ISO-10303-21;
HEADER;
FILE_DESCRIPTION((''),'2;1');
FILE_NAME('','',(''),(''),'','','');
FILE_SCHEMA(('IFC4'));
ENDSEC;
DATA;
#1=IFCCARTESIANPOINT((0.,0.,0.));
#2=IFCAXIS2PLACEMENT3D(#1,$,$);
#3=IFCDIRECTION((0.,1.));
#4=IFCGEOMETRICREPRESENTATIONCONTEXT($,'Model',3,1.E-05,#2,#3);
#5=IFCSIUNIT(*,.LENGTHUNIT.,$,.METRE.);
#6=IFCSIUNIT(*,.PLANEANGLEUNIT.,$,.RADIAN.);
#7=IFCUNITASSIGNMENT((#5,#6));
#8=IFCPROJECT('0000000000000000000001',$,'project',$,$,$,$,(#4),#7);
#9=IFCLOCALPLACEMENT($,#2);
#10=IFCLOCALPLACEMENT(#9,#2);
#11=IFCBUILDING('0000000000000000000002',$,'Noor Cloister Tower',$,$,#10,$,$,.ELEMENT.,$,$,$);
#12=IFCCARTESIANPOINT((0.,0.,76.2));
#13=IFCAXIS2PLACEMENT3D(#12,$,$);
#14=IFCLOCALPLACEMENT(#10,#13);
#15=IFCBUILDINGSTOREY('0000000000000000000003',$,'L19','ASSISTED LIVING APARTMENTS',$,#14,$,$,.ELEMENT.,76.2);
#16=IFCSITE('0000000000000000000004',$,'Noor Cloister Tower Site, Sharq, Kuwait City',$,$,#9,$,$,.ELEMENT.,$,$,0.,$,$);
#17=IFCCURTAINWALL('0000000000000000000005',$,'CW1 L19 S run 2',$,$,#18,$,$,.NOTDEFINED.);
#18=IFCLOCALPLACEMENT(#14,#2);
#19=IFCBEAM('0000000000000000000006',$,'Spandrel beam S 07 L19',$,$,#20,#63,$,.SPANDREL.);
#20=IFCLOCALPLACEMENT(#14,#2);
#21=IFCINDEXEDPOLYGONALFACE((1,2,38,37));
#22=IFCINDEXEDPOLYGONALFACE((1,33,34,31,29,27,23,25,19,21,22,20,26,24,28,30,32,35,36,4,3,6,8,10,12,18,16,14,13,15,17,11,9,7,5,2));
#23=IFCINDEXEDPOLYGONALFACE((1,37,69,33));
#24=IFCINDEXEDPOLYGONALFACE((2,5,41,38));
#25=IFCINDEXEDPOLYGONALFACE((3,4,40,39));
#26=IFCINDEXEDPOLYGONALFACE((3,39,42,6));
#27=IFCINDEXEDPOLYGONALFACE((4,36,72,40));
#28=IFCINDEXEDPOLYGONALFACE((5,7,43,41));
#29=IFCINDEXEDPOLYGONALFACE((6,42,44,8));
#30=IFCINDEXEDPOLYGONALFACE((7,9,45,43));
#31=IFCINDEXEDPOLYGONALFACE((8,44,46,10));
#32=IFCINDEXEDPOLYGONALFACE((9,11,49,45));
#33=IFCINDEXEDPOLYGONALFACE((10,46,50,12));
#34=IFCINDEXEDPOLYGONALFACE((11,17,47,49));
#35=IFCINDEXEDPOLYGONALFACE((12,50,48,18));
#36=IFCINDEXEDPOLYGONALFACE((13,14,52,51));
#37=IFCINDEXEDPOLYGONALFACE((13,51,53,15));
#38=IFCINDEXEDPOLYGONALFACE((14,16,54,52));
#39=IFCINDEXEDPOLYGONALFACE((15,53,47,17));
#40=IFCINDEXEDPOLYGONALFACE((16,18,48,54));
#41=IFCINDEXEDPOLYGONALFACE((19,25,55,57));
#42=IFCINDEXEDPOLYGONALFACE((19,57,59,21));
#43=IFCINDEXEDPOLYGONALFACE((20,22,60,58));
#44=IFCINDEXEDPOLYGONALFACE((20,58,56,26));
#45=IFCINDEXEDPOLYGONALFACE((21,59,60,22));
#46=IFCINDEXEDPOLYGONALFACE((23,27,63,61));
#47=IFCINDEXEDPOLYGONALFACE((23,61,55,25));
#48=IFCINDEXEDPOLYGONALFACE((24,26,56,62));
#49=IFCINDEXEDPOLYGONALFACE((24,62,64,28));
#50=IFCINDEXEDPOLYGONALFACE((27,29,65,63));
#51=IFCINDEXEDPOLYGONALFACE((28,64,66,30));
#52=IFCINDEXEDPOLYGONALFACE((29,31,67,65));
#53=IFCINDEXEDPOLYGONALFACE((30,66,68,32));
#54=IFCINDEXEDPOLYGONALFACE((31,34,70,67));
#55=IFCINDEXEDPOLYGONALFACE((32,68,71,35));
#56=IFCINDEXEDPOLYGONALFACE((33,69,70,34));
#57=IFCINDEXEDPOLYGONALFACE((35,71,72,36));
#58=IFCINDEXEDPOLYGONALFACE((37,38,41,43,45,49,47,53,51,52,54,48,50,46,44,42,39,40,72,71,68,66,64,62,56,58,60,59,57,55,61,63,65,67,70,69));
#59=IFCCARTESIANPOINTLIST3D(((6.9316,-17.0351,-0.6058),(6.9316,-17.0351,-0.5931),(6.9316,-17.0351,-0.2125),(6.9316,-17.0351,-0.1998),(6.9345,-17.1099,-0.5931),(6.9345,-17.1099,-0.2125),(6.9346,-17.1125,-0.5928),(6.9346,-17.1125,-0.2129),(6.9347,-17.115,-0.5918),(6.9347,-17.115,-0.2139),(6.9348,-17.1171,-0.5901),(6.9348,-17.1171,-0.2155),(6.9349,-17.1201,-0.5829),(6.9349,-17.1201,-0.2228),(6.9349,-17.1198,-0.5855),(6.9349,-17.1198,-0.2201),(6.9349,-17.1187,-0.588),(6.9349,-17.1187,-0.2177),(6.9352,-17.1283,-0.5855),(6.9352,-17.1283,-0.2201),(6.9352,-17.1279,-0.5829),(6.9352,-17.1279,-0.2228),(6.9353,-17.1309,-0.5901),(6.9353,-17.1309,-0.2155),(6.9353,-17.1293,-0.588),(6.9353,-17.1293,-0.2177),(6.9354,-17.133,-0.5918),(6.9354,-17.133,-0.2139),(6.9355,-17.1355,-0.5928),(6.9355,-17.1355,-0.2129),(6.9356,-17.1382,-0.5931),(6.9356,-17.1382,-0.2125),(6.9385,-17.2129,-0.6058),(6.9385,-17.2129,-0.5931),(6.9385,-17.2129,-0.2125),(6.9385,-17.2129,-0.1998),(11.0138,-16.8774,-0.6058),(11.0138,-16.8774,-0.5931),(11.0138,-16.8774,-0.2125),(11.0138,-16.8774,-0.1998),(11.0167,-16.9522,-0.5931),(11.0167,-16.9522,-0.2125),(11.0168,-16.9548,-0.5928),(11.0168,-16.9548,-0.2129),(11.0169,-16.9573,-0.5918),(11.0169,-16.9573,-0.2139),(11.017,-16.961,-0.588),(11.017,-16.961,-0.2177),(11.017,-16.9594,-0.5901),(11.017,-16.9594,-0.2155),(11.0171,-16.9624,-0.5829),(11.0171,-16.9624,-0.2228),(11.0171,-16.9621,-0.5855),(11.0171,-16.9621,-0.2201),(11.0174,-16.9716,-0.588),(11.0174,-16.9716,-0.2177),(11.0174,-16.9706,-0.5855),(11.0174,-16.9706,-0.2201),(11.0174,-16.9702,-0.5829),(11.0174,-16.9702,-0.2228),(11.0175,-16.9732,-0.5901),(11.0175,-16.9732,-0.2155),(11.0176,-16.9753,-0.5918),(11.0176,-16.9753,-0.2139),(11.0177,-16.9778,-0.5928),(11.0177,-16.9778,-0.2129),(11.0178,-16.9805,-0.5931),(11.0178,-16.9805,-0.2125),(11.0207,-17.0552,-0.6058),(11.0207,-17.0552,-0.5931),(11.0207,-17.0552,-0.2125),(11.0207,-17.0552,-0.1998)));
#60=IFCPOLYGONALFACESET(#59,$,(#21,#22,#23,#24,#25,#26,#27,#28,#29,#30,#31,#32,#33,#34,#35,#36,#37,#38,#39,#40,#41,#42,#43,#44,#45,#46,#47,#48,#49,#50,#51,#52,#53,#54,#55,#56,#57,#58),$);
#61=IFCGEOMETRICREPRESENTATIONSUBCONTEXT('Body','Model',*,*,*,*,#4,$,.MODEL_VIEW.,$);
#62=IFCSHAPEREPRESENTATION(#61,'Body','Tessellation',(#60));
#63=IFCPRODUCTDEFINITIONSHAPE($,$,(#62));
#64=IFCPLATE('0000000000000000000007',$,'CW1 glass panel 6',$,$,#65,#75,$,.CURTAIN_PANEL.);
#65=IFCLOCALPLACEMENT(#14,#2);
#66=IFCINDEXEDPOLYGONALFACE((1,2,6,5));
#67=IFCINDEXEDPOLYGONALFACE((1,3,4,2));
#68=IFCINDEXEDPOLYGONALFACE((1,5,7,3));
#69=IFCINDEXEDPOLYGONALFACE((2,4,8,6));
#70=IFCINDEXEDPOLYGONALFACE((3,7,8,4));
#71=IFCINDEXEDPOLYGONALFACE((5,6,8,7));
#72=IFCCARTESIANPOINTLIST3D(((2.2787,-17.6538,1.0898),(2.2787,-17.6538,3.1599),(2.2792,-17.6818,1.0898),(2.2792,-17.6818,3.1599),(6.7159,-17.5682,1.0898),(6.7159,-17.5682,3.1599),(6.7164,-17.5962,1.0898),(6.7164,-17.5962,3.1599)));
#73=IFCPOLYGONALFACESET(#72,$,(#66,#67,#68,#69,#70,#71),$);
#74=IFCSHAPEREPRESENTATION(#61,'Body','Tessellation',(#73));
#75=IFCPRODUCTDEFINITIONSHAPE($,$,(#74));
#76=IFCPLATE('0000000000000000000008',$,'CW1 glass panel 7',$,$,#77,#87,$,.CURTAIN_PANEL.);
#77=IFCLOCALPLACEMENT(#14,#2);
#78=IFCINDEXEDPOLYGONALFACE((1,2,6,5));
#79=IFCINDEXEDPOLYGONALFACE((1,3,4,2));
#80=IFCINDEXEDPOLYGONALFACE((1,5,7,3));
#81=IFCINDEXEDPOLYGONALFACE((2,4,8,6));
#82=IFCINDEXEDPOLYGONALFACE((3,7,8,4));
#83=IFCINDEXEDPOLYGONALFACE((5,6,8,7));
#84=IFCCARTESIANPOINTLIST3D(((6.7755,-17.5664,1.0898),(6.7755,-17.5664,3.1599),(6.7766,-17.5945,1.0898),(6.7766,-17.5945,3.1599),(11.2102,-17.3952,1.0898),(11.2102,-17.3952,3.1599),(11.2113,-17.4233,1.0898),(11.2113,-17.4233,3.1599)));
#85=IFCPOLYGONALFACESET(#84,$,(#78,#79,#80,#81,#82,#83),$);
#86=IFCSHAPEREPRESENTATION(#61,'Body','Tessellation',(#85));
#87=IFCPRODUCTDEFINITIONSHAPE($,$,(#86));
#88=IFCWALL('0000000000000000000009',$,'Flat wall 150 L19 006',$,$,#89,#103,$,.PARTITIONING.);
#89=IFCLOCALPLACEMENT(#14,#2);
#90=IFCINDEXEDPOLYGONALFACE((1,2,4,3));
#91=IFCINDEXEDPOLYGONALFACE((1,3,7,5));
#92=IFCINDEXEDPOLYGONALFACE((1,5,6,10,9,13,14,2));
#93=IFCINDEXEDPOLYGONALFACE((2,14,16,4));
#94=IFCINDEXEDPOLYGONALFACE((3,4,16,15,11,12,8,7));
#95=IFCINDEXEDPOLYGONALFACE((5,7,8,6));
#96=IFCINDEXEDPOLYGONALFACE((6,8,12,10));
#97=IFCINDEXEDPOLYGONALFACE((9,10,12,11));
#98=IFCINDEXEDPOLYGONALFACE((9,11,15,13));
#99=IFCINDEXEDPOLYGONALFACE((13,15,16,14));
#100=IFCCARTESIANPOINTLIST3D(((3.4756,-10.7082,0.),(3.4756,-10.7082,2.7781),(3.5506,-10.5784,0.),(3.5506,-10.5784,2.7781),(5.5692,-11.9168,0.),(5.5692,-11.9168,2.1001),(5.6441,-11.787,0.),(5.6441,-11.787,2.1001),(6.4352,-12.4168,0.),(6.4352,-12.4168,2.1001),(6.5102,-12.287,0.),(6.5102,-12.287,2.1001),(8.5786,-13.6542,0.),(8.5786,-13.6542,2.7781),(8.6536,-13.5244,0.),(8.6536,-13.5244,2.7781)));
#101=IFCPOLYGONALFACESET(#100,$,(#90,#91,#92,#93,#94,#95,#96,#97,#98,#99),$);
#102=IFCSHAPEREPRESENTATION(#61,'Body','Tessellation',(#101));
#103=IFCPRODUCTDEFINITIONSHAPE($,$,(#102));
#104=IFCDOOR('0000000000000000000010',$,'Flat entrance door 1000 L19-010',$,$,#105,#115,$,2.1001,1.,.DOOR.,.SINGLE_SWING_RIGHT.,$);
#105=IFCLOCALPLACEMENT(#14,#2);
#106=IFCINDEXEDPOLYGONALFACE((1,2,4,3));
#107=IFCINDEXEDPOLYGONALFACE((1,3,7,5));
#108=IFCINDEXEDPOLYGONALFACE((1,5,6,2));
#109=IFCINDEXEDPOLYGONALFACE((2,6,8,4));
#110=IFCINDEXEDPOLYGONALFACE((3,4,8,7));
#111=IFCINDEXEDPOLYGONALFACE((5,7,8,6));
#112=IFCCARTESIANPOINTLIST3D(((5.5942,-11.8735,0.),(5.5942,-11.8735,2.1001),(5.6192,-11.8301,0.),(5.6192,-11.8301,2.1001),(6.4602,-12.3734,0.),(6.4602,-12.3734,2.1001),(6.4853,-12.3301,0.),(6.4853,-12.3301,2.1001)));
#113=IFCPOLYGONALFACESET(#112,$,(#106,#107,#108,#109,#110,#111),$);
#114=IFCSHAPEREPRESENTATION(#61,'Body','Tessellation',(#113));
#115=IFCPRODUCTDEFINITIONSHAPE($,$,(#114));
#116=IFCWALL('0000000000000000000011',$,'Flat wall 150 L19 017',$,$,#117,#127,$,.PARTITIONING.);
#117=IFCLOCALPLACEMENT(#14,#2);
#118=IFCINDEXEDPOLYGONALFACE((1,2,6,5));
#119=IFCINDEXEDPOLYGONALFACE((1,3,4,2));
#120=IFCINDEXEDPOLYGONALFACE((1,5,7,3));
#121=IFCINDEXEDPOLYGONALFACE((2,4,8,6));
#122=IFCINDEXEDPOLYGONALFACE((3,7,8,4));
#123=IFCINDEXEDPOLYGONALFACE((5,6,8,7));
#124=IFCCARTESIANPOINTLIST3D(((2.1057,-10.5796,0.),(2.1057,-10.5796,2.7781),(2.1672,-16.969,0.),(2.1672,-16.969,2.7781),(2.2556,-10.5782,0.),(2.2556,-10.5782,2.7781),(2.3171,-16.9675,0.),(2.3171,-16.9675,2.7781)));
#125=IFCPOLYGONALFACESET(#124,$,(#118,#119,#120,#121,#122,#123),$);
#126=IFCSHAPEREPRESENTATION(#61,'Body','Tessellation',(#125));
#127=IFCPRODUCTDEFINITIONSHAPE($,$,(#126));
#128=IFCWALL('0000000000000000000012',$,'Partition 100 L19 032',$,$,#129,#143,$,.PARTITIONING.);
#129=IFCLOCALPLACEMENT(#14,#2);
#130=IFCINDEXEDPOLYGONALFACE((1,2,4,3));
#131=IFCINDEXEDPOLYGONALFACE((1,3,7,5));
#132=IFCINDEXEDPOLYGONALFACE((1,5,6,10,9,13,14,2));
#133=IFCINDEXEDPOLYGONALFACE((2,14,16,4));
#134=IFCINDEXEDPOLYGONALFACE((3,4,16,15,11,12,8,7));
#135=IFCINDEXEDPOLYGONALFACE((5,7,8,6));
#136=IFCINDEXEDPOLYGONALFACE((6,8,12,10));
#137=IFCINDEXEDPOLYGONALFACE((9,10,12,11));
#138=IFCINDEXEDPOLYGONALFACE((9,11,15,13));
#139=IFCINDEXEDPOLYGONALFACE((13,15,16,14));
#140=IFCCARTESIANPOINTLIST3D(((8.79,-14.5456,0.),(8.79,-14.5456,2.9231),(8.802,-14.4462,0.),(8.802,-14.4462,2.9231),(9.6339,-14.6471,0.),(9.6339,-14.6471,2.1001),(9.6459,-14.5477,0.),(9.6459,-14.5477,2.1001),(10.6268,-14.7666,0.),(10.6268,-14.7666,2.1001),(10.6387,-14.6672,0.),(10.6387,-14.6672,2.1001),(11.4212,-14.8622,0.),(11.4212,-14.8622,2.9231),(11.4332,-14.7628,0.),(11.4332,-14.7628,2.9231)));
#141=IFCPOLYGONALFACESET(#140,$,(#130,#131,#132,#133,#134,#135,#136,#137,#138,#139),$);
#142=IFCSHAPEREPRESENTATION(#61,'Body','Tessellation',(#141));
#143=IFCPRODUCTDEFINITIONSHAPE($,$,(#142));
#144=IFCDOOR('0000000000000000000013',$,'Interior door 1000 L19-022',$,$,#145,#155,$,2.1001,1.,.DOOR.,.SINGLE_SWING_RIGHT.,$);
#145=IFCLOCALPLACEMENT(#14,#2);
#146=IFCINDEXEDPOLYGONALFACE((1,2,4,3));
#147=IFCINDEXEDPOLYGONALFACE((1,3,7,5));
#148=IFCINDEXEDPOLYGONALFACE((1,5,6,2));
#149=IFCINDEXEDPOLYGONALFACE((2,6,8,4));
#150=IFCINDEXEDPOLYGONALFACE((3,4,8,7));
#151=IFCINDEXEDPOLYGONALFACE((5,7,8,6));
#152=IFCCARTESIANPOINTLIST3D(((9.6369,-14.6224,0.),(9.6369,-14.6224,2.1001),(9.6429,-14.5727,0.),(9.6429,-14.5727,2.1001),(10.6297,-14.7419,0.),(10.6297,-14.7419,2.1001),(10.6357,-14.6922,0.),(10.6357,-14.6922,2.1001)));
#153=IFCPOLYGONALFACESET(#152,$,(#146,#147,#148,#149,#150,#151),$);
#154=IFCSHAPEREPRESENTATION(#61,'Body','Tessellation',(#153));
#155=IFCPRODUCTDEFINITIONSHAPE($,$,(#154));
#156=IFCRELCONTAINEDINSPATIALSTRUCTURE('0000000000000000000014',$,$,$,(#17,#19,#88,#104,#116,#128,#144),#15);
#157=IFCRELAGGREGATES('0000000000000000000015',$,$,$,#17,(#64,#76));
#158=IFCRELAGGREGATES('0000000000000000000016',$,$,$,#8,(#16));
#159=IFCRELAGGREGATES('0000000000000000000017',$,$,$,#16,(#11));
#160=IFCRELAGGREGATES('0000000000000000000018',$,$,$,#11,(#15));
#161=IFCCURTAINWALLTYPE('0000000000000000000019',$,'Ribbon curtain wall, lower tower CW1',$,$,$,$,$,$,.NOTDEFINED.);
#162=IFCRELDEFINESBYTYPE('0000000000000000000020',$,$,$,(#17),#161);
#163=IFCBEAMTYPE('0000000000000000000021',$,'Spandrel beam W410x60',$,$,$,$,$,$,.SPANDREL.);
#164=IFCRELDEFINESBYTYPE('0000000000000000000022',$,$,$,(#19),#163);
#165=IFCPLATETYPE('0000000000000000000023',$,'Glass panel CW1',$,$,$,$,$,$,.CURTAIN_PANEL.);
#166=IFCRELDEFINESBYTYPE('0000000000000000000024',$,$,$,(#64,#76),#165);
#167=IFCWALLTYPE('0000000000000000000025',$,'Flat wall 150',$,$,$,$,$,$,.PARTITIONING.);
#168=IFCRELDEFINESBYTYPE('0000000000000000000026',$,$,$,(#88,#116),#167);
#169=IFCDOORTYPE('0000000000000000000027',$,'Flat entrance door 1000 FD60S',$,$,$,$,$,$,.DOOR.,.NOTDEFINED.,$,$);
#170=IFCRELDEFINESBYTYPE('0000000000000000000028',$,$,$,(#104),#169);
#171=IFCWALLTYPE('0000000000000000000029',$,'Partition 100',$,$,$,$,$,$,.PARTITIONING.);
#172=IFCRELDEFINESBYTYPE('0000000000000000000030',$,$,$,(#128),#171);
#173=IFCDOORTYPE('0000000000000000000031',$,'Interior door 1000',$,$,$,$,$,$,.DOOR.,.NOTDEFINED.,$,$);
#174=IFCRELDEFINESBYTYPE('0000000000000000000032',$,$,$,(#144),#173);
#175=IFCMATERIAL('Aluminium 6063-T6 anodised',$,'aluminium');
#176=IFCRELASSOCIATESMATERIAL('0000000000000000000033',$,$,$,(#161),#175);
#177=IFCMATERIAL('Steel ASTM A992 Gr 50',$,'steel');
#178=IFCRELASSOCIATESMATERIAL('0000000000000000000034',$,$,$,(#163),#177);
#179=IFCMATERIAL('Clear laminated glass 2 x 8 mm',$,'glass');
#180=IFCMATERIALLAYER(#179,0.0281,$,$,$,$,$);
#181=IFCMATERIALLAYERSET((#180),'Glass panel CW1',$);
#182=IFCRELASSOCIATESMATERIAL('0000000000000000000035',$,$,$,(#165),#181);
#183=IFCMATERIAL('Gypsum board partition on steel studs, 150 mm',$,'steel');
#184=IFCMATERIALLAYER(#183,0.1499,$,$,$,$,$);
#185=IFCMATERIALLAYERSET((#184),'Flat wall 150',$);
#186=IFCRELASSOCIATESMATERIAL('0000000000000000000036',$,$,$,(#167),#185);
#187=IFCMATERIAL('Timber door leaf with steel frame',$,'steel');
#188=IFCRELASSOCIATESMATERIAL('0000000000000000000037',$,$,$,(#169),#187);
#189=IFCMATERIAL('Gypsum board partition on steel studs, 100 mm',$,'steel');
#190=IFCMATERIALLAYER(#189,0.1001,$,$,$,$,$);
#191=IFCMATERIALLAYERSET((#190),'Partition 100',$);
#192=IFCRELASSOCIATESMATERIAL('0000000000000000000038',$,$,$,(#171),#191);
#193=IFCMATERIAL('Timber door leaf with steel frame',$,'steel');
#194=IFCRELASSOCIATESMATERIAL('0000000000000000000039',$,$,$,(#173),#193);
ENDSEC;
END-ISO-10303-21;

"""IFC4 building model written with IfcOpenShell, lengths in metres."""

from ifc_helpers import new_model, si_unit, direction, frame, frame_2d, origin, origin_2d, place, context, subcontext, project, spatial, rectangle, i_section, extrude, material, layer, layer_set, material_profile, profile_set, type_object, element, fill, aggregate, save


model = new_model("IFC4")

# Units and contexts
model_context = context("Model", 3, precision=1e-05, world=origin(), true_north=direction((0.0, 1.0)))
body_context = subcontext(model_context, "Body", "Model", "MODEL_VIEW")
ifc_project = project(units=[si_unit("LENGTHUNIT", "METRE"), si_unit("PLANEANGLEUNIT", "RADIAN")], contexts=[model_context])

# Site, building, storey
site_placement = place(None, origin())
site = spatial("IfcSite", under=ifc_project, at=site_placement, Name="Noor Cloister Tower Site, Sharq, Kuwait City", CompositionType="ELEMENT", RefElevation=0.0)
building_placement = place(site_placement, origin())
building = spatial("IfcBuilding", under=site, at=building_placement, Name="Noor Cloister Tower", CompositionType="ELEMENT")
storey_placement = place(building_placement, frame((0.0, 0.0, 76.2)))
storey = spatial("IfcBuildingStorey", under=building, at=storey_placement, Name="L19", Description="ASSISTED LIVING APARTMENTS", CompositionType="ELEMENT", Elevation=76.2)

# Curtain wall
ifc_material_1 = material(Name="Aluminium 6063-T6 anodised", Category="aluminium")
curtain_wall_type = type_object("IfcCurtainWallType", Name="Ribbon curtain wall, lower tower CW1", PredefinedType="NOTDEFINED", material=ifc_material_1)
curtain_wall_placement = place(storey_placement, origin())
curtain_wall = element("IfcCurtainWall", 1, at=curtain_wall_placement, inside=storey, type_object=curtain_wall_type, Name="CW1 L19 S run 2", PredefinedType="NOTDEFINED")

# Beam
ifc_material_2 = material(Name="Steel ASTM A992 Gr 50", Category="steel")
ifc_material_profile_1 = material_profile(ifc_material_2, i_section(OverallWidth=0.178, OverallDepth=0.406, WebThickness=0.0078, FlangeThickness=0.0127, FilletRadius=0.0103, at=origin_2d()), Name="W410x60")
ifc_profile_set_1 = profile_set([ifc_material_profile_1], Name="Steel ASTM A992 Gr 50")
beam_type_1 = type_object("IfcBeamType", Name="Spandrel beam W410x60", PredefinedType="SPANDREL", material=ifc_profile_set_1)
beam_1_placement = place(storey_placement, frame((6.9351, -17.124, -0.4028), z_axis=(0.999255, 0.038605, 0.0), x_axis=(-0.038605, 0.999255, 0.0)))
element("IfcBeam", 2, at=beam_1_placement, inside=storey, type_object=beam_type_1, Name="Spandrel beam S 07 L19", PredefinedType="SPANDREL", context=body_context, shape_type="SweptSolid", body=[
    extrude(i_section(OverallWidth=0.178, OverallDepth=0.406, WebThickness=0.0078, FlangeThickness=0.0127, FilletRadius=0.0103, at=origin_2d()), origin(), (0.0, 0.0, 1.0), 4.0852),
])

# Plates
ifc_material_3 = material(Name="Clear laminated glass 2 x 8 mm", Category="glass")
ifc_layer_1 = layer(ifc_material_3, 0.0281)
ifc_layer_set_1 = layer_set([ifc_layer_1], Name="Glass panel CW1")
plate_type = type_object("IfcPlateType", Name="Glass panel CW1", PredefinedType="CURTAIN_PANEL", material=ifc_layer_set_1)
plate_1_placement = place(storey_placement, frame((4.4976, -17.625, 1.0898), z_axis=(0.0, 0.0, 1.0), x_axis=(0.999814, 0.019291, 0.0)))
plate_1 = element("IfcPlate", 3, at=plate_1_placement, type_object=plate_type, Name="CW1 glass panel 6", PredefinedType="CURTAIN_PANEL", context=body_context, shape_type="SweptSolid", body=[
    extrude(rectangle(XDim=4.438, YDim=0.0281, at=origin_2d()), origin(), (0.0, 0.0, 1.0), 2.0701),
])
plate_2_placement = place(storey_placement, frame((8.9934, -17.4949, 1.0898), z_axis=(0.0, 0.0, 1.0), x_axis=(0.999256, 0.038575, 0.0)))
plate_2 = element("IfcPlate", 4, at=plate_2_placement, type_object=plate_type, Name="CW1 glass panel 7", PredefinedType="CURTAIN_PANEL", context=body_context, shape_type="SweptSolid", body=[
    extrude(rectangle(XDim=4.438, YDim=0.0281, at=origin_2d()), origin(), (0.0, 0.0, 1.0), 2.0701),
])
aggregate(curtain_wall, [plate_1, plate_2])

# Wall, opening, door
ifc_material_4 = material(Name="Gypsum board partition on steel studs, 150 mm", Category="steel")
ifc_layer_2 = layer(ifc_material_4, 0.1499)
ifc_layer_set_2 = layer_set([ifc_layer_2], Name="Flat wall 150")
wall_type_1 = type_object("IfcWallType", Name="Flat wall 150", PredefinedType="PARTITIONING", material=ifc_layer_set_2)
wall_1_placement = place(storey_placement, frame((8.6162, -13.5894, 0.0), z_axis=(0.0, 0.0, 1.0), x_axis=(-0.866039, 0.499976, 0.0)))
wall_1 = element("IfcWall", 5, at=wall_1_placement, inside=storey, type_object=wall_type_1, Name="Flat wall 150 L19 006", PredefinedType="PARTITIONING", context=body_context, shape_type="SweptSolid", body=[
    extrude(rectangle(XDim=5.8923, YDim=0.1499, at=frame_2d((2.9463, 0.0))), origin(), (0.0, 0.0, 1.0), 2.7781),
])
opening_1_placement = place(wall_1_placement, frame((2.4751, 0.0, 0.0)))
opening_1 = element("IfcOpeningElement", 6, at=opening_1_placement, cuts=wall_1, PredefinedType="OPENING", context=body_context, shape_type="SweptSolid", body=[
    extrude(rectangle(XDim=1.0, YDim=2.1001, at=frame_2d((0.5, 1.05))), frame((0.0, 0.085, 0.0), z_axis=(0.0, -1.0, 0.0), x_axis=(1.0, 0.0, 0.0)), (0.0, 0.0, 1.0), 0.1699),
])
ifc_material_5 = material(Name="Timber door leaf with steel frame", Category="steel")
door_type_1 = type_object("IfcDoorType", Name="Flat entrance door 1000 FD60S", OperationType="NOTDEFINED", PredefinedType="DOOR", material=ifc_material_5)
door_1_placement = place(opening_1_placement, origin())
door_1 = element("IfcDoor", 7, at=door_1_placement, inside=storey, type_object=door_type_1, Name="Flat entrance door 1000 L19-010", OperationType="SINGLE_SWING_RIGHT", OverallHeight=2.1001, OverallWidth=1.0, PredefinedType="DOOR", context=body_context, shape_type="SweptSolid", body=[
    extrude(rectangle(XDim=1.0, YDim=2.1001, at=frame_2d((0.5, 1.05))), frame((0.0, 0.0249, 0.0), z_axis=(0.0, -1.0, 0.0), x_axis=(1.0, 0.0, 0.0)), (0.0, 0.0, 1.0), 0.05),
])
fill(opening_1, door_1)

# Wall
wall_2_placement = place(storey_placement, frame((2.2422, -16.9683, 0.0), z_axis=(0.0, 0.0, 1.0), x_axis=(-0.009629, 0.999954, 0.0)))
element("IfcWall", 8, at=wall_2_placement, inside=storey, type_object=wall_type_1, Name="Flat wall 150 L19 017", PredefinedType="PARTITIONING", context=body_context, shape_type="SweptSolid", body=[
    extrude(rectangle(XDim=6.3896, YDim=0.1499, at=frame_2d((3.1948, 0.0))), origin(), (0.0, 0.0, 1.0), 2.7781),
])

# Wall, opening, door
ifc_material_6 = material(Name="Gypsum board partition on steel studs, 100 mm", Category="steel")
ifc_layer_3 = layer(ifc_material_6, 0.1001)
ifc_layer_set_3 = layer_set([ifc_layer_3], Name="Partition 100")
wall_type_2 = type_object("IfcWallType", Name="Partition 100", PredefinedType="PARTITIONING", material=ifc_layer_set_3)
wall_3_placement = place(storey_placement, frame((8.7959, -14.4958, 0.0), z_axis=(0.0, 0.0, 1.0), x_axis=(0.992836, -0.119487, 0.0)))
wall_3 = element("IfcWall", 9, at=wall_3_placement, inside=storey, type_object=wall_type_2, Name="Partition 100 L19 032", PredefinedType="PARTITIONING", context=body_context, shape_type="SweptSolid", body=[
    extrude(rectangle(XDim=2.6501, YDim=0.1001, at=frame_2d((1.3252, 0.0))), origin(), (0.0, 0.0, 1.0), 2.9231),
])
opening_2_placement = place(wall_3_placement, frame((0.8501, 0.0, 0.0)))
opening_2 = element("IfcOpeningElement", 10, at=opening_2_placement, cuts=wall_3, PredefinedType="OPENING", context=body_context, shape_type="SweptSolid", body=[
    extrude(rectangle(XDim=1.0, YDim=2.1001, at=frame_2d((0.5, 1.05))), frame((0.0, 0.0601, 0.0), z_axis=(0.0, -1.0, 0.0), x_axis=(1.0, 0.0, 0.0)), (0.0, 0.0, 1.0), 0.1201),
])
ifc_material_7 = material(Name="Timber door leaf with steel frame", Category="steel")
door_type_2 = type_object("IfcDoorType", Name="Interior door 1000", OperationType="NOTDEFINED", PredefinedType="DOOR", material=ifc_material_7)
door_2_placement = place(opening_2_placement, origin())
door_2 = element("IfcDoor", 11, at=door_2_placement, inside=storey, type_object=door_type_2, Name="Interior door 1000 L19-022", OperationType="SINGLE_SWING_RIGHT", OverallHeight=2.1001, OverallWidth=1.0, PredefinedType="DOOR", context=body_context, shape_type="SweptSolid", body=[
    extrude(rectangle(XDim=1.0, YDim=2.1001, at=frame_2d((0.5, 1.05))), frame((0.0, 0.0249, 0.0), z_axis=(0.0, -1.0, 0.0), x_axis=(1.0, 0.0, 0.0)), (0.0, 0.0, 1.0), 0.05),
])
fill(opening_2, door_2)

save(model, "model.ifc")
